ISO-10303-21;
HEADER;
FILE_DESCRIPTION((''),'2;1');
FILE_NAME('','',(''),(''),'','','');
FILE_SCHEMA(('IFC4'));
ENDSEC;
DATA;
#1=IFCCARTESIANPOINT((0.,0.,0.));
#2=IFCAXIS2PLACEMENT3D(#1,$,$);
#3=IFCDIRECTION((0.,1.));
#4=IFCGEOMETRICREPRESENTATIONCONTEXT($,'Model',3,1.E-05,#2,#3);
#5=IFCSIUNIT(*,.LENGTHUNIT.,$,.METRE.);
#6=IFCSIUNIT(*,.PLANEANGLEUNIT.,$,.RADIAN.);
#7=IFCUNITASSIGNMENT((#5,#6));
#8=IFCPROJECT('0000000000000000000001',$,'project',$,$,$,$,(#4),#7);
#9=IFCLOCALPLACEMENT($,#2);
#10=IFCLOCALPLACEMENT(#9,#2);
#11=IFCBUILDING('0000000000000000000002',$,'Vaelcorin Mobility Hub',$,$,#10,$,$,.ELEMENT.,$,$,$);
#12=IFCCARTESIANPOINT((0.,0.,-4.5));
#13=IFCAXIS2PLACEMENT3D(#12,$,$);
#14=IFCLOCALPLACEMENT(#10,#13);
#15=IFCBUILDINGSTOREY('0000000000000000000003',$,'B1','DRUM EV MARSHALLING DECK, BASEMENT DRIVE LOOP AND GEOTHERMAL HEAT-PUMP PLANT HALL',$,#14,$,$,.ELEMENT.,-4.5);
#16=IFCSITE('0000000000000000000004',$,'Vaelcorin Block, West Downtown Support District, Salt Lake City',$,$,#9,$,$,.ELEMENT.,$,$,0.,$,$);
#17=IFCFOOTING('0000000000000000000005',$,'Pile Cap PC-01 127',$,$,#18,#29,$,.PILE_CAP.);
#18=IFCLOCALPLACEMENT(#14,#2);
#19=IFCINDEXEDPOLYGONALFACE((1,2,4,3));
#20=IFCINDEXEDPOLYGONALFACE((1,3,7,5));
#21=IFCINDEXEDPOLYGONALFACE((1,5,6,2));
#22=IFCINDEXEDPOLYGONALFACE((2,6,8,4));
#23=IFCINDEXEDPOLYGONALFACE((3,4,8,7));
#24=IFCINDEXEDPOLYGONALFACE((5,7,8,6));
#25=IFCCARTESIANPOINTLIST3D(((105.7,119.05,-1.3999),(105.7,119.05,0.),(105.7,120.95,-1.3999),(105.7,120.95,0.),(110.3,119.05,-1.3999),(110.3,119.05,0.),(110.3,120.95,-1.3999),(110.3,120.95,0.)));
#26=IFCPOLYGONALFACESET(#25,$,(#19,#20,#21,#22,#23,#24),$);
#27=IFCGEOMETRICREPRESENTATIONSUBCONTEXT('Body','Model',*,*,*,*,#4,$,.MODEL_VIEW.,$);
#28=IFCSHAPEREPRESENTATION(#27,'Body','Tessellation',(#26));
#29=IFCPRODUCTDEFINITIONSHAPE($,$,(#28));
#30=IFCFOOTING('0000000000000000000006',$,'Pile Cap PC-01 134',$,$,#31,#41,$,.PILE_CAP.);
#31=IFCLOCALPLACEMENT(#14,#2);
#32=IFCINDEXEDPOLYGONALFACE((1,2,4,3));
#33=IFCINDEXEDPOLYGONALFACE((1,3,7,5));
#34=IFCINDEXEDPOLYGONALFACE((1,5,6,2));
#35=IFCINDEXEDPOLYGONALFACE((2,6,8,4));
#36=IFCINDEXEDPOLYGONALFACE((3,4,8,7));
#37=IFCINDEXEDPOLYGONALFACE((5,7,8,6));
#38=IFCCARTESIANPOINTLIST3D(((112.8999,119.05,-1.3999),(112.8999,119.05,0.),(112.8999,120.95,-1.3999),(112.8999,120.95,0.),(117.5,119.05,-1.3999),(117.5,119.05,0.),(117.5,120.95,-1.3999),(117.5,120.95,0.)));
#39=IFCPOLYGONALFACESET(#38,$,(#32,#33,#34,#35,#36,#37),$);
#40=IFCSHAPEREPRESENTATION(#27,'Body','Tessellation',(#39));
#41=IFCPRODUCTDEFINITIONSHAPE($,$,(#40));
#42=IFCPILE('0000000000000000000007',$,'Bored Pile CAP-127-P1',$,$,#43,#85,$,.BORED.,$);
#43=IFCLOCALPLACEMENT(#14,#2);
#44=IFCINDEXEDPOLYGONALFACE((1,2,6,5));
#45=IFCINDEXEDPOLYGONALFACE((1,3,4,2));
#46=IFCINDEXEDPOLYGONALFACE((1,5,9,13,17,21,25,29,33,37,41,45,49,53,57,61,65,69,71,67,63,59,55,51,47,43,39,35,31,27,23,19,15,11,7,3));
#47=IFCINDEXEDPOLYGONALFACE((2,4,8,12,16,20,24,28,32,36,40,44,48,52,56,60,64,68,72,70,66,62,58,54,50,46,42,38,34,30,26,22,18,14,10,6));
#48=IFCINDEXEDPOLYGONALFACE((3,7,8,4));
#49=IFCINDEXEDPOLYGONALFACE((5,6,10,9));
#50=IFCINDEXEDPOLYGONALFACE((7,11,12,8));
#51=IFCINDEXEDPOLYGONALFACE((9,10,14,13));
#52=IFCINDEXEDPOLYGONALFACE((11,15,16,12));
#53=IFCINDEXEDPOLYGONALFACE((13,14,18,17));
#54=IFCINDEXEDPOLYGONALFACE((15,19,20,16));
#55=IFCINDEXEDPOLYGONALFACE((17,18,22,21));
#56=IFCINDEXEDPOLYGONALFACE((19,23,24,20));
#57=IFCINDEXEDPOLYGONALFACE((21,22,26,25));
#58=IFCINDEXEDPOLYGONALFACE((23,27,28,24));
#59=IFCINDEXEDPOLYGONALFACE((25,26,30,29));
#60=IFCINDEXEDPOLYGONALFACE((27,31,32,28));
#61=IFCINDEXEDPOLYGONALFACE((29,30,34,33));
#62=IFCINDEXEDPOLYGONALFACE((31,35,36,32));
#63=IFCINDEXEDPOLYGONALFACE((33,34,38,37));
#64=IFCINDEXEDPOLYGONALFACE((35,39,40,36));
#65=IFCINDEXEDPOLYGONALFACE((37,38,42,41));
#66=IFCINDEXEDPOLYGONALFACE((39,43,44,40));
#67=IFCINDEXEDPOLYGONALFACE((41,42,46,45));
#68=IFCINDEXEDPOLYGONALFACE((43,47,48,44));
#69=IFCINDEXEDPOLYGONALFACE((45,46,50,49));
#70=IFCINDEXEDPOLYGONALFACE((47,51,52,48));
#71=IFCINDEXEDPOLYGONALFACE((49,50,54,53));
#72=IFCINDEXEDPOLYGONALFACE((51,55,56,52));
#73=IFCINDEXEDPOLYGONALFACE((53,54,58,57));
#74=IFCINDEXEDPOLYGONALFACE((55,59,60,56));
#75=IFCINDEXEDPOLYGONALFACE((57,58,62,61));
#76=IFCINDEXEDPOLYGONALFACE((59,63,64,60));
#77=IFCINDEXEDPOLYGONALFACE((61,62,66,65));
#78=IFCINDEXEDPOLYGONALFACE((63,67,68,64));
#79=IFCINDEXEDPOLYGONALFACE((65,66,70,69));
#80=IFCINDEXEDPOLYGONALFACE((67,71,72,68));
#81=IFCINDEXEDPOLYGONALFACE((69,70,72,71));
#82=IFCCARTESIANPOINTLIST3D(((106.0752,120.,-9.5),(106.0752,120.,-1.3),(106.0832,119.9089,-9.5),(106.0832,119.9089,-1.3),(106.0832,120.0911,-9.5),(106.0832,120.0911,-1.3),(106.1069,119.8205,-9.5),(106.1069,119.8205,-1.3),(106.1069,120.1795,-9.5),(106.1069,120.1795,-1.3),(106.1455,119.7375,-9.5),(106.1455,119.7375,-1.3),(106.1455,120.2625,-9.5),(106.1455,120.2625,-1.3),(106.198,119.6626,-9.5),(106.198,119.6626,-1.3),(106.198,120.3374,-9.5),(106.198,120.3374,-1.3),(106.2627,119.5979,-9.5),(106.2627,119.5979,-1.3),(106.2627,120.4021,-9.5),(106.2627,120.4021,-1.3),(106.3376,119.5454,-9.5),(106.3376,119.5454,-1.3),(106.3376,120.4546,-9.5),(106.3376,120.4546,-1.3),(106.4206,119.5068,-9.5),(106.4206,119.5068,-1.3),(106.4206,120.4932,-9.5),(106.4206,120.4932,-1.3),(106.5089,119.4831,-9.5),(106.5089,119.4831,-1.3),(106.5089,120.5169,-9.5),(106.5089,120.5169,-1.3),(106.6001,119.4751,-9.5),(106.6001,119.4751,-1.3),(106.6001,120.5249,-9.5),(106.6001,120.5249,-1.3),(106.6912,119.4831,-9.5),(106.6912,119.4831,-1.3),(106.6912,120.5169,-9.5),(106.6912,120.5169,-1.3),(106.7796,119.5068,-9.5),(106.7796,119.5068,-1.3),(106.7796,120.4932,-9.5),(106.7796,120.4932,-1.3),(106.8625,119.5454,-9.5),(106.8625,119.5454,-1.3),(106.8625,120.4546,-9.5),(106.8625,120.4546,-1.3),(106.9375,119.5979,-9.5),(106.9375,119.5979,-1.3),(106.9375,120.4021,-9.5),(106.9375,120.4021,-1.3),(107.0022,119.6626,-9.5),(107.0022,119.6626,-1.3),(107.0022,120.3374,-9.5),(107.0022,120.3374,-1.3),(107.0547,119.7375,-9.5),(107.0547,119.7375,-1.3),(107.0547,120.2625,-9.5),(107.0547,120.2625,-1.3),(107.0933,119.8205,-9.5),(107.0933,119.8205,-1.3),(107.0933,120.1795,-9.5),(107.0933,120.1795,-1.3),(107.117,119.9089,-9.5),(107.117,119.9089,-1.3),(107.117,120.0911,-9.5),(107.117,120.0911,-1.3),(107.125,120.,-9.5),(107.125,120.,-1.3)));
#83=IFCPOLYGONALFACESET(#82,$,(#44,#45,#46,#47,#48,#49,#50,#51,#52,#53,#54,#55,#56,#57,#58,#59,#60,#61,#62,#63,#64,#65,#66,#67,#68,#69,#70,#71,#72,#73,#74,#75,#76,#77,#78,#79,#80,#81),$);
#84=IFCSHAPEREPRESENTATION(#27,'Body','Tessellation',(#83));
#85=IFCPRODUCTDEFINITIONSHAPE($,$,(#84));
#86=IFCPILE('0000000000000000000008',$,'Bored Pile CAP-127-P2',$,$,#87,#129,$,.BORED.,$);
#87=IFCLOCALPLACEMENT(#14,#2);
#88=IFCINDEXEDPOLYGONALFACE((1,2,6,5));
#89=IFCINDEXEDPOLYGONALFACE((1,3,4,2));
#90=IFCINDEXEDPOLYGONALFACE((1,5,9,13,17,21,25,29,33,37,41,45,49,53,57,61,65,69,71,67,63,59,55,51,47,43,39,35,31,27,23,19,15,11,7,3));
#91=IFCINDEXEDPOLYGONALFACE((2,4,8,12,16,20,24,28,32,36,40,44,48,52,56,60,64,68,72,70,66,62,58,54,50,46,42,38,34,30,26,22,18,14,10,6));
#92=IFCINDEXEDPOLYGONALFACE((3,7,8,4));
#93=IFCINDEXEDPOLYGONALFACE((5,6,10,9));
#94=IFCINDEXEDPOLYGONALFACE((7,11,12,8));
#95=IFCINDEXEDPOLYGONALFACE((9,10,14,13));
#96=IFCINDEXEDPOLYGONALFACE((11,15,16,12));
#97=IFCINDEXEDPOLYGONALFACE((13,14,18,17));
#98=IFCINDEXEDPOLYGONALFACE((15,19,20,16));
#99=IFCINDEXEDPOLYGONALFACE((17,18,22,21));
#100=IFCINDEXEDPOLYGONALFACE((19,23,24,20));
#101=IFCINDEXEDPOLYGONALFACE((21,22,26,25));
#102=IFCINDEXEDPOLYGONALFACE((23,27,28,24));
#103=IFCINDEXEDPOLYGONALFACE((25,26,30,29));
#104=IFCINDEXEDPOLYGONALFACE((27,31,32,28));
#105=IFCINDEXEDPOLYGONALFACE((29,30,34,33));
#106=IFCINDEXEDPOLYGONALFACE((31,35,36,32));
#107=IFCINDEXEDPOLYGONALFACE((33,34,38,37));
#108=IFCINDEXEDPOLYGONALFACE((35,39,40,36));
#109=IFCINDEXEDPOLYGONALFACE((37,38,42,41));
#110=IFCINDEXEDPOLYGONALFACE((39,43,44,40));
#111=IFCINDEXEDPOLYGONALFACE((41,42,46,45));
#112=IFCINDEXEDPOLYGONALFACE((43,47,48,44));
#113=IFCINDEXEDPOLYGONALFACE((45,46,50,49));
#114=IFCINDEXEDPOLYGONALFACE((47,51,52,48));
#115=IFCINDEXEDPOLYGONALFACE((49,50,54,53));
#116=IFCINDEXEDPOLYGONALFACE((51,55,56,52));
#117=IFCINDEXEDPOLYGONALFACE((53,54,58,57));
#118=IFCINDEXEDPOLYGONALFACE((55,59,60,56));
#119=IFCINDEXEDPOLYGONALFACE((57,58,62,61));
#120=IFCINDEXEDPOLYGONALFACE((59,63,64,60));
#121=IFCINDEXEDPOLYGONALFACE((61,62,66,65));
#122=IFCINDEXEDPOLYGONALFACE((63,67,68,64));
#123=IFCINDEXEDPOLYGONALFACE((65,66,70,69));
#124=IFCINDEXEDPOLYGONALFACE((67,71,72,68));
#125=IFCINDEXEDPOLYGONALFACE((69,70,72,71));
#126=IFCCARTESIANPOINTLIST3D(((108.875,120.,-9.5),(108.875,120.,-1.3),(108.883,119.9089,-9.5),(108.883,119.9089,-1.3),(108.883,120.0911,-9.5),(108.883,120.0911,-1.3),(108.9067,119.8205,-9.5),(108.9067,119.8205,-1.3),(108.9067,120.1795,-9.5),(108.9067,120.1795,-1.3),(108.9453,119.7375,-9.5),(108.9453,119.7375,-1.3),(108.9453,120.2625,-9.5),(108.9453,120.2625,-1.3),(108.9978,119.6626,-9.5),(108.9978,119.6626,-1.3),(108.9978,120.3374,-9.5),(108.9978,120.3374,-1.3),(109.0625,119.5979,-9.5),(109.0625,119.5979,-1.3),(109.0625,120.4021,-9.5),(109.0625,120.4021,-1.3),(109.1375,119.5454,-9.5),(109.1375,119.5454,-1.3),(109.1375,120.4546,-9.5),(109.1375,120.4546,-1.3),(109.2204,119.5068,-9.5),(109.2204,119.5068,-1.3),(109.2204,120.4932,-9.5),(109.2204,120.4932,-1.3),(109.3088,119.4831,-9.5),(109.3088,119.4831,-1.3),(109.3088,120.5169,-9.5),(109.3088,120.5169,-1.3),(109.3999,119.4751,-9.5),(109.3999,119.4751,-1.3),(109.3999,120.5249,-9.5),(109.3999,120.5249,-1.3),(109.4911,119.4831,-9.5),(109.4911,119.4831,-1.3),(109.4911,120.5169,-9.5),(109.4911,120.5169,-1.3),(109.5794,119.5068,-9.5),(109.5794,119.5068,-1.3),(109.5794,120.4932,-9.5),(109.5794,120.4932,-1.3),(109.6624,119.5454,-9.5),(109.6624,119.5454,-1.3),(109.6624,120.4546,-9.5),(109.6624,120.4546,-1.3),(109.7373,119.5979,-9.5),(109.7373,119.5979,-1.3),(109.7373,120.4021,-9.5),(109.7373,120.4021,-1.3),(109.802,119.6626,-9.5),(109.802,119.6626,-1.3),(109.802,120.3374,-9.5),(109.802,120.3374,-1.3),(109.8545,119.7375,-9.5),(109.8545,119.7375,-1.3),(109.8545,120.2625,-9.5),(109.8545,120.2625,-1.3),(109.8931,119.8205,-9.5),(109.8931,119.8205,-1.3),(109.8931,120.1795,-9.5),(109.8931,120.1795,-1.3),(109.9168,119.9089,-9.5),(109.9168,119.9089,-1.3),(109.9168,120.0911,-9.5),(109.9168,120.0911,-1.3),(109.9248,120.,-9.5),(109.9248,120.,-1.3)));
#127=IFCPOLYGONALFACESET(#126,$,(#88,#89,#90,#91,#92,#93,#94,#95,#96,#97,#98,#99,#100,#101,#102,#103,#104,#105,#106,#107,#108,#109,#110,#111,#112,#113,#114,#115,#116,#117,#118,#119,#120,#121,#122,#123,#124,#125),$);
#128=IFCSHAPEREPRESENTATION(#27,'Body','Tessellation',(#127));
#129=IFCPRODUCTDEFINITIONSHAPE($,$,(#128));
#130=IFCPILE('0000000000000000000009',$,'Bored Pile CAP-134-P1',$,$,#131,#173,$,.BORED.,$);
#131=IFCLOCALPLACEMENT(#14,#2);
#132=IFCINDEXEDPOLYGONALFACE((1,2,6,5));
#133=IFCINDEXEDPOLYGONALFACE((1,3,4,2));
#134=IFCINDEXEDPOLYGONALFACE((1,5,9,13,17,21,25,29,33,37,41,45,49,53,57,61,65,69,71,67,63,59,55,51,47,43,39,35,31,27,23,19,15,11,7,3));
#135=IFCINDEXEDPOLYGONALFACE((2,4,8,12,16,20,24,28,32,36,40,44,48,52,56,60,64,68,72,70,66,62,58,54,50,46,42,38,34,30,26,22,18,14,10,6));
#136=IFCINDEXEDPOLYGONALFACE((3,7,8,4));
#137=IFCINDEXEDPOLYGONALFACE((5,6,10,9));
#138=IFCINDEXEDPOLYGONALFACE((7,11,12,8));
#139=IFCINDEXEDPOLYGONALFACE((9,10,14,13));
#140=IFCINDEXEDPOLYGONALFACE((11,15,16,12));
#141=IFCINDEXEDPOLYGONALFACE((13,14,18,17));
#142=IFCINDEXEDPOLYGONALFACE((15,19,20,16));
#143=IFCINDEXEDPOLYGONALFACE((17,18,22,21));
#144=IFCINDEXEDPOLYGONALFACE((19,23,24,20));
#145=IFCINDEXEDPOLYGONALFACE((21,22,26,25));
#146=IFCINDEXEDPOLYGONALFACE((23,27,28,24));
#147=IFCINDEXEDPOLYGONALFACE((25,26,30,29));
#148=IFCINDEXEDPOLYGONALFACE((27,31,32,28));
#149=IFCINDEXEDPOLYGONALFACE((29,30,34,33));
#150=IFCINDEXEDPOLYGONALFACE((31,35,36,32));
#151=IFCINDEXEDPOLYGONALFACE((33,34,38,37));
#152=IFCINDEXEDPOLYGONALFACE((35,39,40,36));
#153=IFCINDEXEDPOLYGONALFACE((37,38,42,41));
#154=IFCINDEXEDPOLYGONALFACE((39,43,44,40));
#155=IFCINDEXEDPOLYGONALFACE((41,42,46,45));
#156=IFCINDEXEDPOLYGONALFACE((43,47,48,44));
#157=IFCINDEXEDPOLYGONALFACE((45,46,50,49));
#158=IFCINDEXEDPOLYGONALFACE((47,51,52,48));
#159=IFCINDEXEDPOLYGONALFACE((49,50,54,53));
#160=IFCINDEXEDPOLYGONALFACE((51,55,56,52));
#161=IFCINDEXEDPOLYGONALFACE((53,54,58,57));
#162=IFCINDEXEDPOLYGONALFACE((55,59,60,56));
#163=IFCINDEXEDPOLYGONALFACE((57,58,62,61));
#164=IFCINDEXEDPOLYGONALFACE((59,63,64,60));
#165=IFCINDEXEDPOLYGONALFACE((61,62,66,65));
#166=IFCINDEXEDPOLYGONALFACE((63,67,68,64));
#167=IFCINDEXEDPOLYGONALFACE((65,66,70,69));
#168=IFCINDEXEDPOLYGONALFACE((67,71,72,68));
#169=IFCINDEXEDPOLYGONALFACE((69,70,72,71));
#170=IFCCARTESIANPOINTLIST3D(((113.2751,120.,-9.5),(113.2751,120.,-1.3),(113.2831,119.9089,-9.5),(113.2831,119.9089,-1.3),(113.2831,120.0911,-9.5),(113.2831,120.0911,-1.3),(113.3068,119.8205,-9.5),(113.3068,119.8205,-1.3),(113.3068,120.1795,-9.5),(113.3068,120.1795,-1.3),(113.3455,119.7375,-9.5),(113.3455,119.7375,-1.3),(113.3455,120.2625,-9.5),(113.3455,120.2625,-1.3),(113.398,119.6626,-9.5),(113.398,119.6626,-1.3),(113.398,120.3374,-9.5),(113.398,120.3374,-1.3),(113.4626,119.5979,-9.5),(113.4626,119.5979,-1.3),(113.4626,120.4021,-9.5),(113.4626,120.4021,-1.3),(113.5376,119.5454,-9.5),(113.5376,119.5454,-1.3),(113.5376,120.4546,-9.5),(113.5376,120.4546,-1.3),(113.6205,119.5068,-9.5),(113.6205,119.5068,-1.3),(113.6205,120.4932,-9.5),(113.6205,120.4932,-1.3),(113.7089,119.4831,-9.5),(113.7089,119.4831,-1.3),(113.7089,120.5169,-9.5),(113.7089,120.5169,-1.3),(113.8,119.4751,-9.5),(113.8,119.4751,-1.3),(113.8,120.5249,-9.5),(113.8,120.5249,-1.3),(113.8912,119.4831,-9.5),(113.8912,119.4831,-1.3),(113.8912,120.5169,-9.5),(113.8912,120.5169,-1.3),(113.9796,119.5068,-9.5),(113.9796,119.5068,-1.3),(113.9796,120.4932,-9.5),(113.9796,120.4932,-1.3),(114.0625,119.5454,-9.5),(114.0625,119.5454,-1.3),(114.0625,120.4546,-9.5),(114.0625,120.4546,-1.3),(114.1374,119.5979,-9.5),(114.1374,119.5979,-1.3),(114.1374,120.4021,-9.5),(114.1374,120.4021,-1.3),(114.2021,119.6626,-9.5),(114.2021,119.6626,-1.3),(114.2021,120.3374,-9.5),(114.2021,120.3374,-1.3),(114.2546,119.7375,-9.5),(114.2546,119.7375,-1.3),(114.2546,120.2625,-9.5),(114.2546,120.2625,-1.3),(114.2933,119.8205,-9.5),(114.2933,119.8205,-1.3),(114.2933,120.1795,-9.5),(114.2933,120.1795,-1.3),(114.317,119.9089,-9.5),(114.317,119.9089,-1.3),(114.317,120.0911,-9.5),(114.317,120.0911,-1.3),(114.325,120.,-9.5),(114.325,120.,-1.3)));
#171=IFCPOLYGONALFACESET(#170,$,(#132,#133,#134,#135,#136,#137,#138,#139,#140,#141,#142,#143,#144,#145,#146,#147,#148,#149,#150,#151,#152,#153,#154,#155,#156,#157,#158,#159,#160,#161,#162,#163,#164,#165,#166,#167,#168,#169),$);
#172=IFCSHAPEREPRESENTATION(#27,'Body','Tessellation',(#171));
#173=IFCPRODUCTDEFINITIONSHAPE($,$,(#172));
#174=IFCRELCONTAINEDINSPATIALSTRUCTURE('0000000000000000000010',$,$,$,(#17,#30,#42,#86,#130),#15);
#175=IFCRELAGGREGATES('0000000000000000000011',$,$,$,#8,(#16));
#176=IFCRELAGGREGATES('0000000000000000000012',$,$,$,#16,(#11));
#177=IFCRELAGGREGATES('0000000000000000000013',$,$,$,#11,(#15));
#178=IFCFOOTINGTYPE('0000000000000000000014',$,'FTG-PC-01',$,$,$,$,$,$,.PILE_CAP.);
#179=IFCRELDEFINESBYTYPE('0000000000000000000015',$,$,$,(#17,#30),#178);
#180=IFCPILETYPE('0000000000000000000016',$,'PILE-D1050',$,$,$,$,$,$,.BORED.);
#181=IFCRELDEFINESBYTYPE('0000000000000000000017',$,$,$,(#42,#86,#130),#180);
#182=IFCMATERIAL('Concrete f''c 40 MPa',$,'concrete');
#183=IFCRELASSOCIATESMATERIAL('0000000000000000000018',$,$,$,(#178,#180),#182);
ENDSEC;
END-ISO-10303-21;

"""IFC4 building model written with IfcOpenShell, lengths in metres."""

from ifc_helpers import new_model, si_unit, direction, frame, origin, origin_2d, place, context, subcontext, project, spatial, rectangle, circle, extrude, material, material_profile, profile_set, type_object, element, save


model = new_model("IFC4")

# Units and contexts
model_context = context("Model", 3, precision=1e-05, world=origin(), true_north=direction((0.0, 1.0)))
body_context = subcontext(model_context, "Body", "Model", "MODEL_VIEW")
ifc_project = project(units=[si_unit("LENGTHUNIT", "METRE"), si_unit("PLANEANGLEUNIT", "RADIAN")], contexts=[model_context])

# Site, building, storey
site_placement = place(None, origin())
site = spatial("IfcSite", under=ifc_project, at=site_placement, Name="Vaelcorin Block, West Downtown Support District, Salt Lake City", CompositionType="ELEMENT", RefElevation=0.0)
building_placement = place(site_placement, origin())
building = spatial("IfcBuilding", under=site, at=building_placement, Name="Vaelcorin Mobility Hub", CompositionType="ELEMENT")
storey_placement = place(building_placement, frame((0.0, 0.0, -4.5)))
storey = spatial("IfcBuildingStorey", under=building, at=storey_placement, Name="B1", Description="DRUM EV MARSHALLING DECK, BASEMENT DRIVE LOOP AND GEOTHERMAL HEAT-PUMP PLANT HALL", CompositionType="ELEMENT", Elevation=-4.5)

# Footings
ifc_material_1 = material(Name="Concrete f'c 40 MPa", Category="concrete")
footing_type = type_object("IfcFootingType", Name="FTG-PC-01", PredefinedType="PILE_CAP", material=ifc_material_1)
for number, where, z_axis, x_axis, name in (
    (1, (108.0, 120.0, -1.3999), (0.0, 0.0, 1.0), (1.0, 0.0, 0.0), "Pile Cap PC-01 127"),
    (2, (115.2, 120.0, -1.3999), (0.0, 0.0, 1.0), (1.0, 0.0, 0.0), "Pile Cap PC-01 134"),
):
    element("IfcFooting", number, at=place(storey_placement, frame(where, z_axis=z_axis, x_axis=x_axis)), inside=storey, type_object=footing_type, Name=name, PredefinedType="PILE_CAP", context=body_context, shape_type="SweptSolid", body=[
        extrude(rectangle(XDim=4.6001, YDim=1.8999, at=origin_2d()), origin(), (0.0, 0.0, 1.0), 1.3999),
    ])

# Piles
ifc_material_profile_1 = material_profile(ifc_material_1, circle(Radius=0.5249, at=origin_2d()), Name="BP-D1050")
ifc_profile_set_1 = profile_set([ifc_material_profile_1], Name="Concrete f'c 40 MPa")
pile_type = type_object("IfcPileType", Name="PILE-D1050", PredefinedType="BORED", material=ifc_profile_set_1)
for number, where, z_axis, x_axis, name in (
    (3, (106.6001, 120.0, -1.3), (0.0, 0.0, -1.0), (1.0, 0.0, 0.0), "Bored Pile CAP-127-P1"),
    (4, (109.3999, 120.0, -1.3), (0.0, 0.0, -1.0), (1.0, 0.0, 0.0), "Bored Pile CAP-127-P2"),
    (5, (113.8, 120.0, -1.3), (0.0, 0.0, -1.0), (1.0, 0.0, 0.0), "Bored Pile CAP-134-P1"),
):
    element("IfcPile", number, at=place(storey_placement, frame(where, z_axis=z_axis, x_axis=x_axis)), inside=storey, type_object=pile_type, Name=name, PredefinedType="BORED", context=body_context, shape_type="SweptSolid", body=[
        extrude(circle(Radius=0.5249, at=origin_2d()), origin(), (0.0, 0.0, 1.0), 8.2),
    ])

save(model, "model.ifc")
